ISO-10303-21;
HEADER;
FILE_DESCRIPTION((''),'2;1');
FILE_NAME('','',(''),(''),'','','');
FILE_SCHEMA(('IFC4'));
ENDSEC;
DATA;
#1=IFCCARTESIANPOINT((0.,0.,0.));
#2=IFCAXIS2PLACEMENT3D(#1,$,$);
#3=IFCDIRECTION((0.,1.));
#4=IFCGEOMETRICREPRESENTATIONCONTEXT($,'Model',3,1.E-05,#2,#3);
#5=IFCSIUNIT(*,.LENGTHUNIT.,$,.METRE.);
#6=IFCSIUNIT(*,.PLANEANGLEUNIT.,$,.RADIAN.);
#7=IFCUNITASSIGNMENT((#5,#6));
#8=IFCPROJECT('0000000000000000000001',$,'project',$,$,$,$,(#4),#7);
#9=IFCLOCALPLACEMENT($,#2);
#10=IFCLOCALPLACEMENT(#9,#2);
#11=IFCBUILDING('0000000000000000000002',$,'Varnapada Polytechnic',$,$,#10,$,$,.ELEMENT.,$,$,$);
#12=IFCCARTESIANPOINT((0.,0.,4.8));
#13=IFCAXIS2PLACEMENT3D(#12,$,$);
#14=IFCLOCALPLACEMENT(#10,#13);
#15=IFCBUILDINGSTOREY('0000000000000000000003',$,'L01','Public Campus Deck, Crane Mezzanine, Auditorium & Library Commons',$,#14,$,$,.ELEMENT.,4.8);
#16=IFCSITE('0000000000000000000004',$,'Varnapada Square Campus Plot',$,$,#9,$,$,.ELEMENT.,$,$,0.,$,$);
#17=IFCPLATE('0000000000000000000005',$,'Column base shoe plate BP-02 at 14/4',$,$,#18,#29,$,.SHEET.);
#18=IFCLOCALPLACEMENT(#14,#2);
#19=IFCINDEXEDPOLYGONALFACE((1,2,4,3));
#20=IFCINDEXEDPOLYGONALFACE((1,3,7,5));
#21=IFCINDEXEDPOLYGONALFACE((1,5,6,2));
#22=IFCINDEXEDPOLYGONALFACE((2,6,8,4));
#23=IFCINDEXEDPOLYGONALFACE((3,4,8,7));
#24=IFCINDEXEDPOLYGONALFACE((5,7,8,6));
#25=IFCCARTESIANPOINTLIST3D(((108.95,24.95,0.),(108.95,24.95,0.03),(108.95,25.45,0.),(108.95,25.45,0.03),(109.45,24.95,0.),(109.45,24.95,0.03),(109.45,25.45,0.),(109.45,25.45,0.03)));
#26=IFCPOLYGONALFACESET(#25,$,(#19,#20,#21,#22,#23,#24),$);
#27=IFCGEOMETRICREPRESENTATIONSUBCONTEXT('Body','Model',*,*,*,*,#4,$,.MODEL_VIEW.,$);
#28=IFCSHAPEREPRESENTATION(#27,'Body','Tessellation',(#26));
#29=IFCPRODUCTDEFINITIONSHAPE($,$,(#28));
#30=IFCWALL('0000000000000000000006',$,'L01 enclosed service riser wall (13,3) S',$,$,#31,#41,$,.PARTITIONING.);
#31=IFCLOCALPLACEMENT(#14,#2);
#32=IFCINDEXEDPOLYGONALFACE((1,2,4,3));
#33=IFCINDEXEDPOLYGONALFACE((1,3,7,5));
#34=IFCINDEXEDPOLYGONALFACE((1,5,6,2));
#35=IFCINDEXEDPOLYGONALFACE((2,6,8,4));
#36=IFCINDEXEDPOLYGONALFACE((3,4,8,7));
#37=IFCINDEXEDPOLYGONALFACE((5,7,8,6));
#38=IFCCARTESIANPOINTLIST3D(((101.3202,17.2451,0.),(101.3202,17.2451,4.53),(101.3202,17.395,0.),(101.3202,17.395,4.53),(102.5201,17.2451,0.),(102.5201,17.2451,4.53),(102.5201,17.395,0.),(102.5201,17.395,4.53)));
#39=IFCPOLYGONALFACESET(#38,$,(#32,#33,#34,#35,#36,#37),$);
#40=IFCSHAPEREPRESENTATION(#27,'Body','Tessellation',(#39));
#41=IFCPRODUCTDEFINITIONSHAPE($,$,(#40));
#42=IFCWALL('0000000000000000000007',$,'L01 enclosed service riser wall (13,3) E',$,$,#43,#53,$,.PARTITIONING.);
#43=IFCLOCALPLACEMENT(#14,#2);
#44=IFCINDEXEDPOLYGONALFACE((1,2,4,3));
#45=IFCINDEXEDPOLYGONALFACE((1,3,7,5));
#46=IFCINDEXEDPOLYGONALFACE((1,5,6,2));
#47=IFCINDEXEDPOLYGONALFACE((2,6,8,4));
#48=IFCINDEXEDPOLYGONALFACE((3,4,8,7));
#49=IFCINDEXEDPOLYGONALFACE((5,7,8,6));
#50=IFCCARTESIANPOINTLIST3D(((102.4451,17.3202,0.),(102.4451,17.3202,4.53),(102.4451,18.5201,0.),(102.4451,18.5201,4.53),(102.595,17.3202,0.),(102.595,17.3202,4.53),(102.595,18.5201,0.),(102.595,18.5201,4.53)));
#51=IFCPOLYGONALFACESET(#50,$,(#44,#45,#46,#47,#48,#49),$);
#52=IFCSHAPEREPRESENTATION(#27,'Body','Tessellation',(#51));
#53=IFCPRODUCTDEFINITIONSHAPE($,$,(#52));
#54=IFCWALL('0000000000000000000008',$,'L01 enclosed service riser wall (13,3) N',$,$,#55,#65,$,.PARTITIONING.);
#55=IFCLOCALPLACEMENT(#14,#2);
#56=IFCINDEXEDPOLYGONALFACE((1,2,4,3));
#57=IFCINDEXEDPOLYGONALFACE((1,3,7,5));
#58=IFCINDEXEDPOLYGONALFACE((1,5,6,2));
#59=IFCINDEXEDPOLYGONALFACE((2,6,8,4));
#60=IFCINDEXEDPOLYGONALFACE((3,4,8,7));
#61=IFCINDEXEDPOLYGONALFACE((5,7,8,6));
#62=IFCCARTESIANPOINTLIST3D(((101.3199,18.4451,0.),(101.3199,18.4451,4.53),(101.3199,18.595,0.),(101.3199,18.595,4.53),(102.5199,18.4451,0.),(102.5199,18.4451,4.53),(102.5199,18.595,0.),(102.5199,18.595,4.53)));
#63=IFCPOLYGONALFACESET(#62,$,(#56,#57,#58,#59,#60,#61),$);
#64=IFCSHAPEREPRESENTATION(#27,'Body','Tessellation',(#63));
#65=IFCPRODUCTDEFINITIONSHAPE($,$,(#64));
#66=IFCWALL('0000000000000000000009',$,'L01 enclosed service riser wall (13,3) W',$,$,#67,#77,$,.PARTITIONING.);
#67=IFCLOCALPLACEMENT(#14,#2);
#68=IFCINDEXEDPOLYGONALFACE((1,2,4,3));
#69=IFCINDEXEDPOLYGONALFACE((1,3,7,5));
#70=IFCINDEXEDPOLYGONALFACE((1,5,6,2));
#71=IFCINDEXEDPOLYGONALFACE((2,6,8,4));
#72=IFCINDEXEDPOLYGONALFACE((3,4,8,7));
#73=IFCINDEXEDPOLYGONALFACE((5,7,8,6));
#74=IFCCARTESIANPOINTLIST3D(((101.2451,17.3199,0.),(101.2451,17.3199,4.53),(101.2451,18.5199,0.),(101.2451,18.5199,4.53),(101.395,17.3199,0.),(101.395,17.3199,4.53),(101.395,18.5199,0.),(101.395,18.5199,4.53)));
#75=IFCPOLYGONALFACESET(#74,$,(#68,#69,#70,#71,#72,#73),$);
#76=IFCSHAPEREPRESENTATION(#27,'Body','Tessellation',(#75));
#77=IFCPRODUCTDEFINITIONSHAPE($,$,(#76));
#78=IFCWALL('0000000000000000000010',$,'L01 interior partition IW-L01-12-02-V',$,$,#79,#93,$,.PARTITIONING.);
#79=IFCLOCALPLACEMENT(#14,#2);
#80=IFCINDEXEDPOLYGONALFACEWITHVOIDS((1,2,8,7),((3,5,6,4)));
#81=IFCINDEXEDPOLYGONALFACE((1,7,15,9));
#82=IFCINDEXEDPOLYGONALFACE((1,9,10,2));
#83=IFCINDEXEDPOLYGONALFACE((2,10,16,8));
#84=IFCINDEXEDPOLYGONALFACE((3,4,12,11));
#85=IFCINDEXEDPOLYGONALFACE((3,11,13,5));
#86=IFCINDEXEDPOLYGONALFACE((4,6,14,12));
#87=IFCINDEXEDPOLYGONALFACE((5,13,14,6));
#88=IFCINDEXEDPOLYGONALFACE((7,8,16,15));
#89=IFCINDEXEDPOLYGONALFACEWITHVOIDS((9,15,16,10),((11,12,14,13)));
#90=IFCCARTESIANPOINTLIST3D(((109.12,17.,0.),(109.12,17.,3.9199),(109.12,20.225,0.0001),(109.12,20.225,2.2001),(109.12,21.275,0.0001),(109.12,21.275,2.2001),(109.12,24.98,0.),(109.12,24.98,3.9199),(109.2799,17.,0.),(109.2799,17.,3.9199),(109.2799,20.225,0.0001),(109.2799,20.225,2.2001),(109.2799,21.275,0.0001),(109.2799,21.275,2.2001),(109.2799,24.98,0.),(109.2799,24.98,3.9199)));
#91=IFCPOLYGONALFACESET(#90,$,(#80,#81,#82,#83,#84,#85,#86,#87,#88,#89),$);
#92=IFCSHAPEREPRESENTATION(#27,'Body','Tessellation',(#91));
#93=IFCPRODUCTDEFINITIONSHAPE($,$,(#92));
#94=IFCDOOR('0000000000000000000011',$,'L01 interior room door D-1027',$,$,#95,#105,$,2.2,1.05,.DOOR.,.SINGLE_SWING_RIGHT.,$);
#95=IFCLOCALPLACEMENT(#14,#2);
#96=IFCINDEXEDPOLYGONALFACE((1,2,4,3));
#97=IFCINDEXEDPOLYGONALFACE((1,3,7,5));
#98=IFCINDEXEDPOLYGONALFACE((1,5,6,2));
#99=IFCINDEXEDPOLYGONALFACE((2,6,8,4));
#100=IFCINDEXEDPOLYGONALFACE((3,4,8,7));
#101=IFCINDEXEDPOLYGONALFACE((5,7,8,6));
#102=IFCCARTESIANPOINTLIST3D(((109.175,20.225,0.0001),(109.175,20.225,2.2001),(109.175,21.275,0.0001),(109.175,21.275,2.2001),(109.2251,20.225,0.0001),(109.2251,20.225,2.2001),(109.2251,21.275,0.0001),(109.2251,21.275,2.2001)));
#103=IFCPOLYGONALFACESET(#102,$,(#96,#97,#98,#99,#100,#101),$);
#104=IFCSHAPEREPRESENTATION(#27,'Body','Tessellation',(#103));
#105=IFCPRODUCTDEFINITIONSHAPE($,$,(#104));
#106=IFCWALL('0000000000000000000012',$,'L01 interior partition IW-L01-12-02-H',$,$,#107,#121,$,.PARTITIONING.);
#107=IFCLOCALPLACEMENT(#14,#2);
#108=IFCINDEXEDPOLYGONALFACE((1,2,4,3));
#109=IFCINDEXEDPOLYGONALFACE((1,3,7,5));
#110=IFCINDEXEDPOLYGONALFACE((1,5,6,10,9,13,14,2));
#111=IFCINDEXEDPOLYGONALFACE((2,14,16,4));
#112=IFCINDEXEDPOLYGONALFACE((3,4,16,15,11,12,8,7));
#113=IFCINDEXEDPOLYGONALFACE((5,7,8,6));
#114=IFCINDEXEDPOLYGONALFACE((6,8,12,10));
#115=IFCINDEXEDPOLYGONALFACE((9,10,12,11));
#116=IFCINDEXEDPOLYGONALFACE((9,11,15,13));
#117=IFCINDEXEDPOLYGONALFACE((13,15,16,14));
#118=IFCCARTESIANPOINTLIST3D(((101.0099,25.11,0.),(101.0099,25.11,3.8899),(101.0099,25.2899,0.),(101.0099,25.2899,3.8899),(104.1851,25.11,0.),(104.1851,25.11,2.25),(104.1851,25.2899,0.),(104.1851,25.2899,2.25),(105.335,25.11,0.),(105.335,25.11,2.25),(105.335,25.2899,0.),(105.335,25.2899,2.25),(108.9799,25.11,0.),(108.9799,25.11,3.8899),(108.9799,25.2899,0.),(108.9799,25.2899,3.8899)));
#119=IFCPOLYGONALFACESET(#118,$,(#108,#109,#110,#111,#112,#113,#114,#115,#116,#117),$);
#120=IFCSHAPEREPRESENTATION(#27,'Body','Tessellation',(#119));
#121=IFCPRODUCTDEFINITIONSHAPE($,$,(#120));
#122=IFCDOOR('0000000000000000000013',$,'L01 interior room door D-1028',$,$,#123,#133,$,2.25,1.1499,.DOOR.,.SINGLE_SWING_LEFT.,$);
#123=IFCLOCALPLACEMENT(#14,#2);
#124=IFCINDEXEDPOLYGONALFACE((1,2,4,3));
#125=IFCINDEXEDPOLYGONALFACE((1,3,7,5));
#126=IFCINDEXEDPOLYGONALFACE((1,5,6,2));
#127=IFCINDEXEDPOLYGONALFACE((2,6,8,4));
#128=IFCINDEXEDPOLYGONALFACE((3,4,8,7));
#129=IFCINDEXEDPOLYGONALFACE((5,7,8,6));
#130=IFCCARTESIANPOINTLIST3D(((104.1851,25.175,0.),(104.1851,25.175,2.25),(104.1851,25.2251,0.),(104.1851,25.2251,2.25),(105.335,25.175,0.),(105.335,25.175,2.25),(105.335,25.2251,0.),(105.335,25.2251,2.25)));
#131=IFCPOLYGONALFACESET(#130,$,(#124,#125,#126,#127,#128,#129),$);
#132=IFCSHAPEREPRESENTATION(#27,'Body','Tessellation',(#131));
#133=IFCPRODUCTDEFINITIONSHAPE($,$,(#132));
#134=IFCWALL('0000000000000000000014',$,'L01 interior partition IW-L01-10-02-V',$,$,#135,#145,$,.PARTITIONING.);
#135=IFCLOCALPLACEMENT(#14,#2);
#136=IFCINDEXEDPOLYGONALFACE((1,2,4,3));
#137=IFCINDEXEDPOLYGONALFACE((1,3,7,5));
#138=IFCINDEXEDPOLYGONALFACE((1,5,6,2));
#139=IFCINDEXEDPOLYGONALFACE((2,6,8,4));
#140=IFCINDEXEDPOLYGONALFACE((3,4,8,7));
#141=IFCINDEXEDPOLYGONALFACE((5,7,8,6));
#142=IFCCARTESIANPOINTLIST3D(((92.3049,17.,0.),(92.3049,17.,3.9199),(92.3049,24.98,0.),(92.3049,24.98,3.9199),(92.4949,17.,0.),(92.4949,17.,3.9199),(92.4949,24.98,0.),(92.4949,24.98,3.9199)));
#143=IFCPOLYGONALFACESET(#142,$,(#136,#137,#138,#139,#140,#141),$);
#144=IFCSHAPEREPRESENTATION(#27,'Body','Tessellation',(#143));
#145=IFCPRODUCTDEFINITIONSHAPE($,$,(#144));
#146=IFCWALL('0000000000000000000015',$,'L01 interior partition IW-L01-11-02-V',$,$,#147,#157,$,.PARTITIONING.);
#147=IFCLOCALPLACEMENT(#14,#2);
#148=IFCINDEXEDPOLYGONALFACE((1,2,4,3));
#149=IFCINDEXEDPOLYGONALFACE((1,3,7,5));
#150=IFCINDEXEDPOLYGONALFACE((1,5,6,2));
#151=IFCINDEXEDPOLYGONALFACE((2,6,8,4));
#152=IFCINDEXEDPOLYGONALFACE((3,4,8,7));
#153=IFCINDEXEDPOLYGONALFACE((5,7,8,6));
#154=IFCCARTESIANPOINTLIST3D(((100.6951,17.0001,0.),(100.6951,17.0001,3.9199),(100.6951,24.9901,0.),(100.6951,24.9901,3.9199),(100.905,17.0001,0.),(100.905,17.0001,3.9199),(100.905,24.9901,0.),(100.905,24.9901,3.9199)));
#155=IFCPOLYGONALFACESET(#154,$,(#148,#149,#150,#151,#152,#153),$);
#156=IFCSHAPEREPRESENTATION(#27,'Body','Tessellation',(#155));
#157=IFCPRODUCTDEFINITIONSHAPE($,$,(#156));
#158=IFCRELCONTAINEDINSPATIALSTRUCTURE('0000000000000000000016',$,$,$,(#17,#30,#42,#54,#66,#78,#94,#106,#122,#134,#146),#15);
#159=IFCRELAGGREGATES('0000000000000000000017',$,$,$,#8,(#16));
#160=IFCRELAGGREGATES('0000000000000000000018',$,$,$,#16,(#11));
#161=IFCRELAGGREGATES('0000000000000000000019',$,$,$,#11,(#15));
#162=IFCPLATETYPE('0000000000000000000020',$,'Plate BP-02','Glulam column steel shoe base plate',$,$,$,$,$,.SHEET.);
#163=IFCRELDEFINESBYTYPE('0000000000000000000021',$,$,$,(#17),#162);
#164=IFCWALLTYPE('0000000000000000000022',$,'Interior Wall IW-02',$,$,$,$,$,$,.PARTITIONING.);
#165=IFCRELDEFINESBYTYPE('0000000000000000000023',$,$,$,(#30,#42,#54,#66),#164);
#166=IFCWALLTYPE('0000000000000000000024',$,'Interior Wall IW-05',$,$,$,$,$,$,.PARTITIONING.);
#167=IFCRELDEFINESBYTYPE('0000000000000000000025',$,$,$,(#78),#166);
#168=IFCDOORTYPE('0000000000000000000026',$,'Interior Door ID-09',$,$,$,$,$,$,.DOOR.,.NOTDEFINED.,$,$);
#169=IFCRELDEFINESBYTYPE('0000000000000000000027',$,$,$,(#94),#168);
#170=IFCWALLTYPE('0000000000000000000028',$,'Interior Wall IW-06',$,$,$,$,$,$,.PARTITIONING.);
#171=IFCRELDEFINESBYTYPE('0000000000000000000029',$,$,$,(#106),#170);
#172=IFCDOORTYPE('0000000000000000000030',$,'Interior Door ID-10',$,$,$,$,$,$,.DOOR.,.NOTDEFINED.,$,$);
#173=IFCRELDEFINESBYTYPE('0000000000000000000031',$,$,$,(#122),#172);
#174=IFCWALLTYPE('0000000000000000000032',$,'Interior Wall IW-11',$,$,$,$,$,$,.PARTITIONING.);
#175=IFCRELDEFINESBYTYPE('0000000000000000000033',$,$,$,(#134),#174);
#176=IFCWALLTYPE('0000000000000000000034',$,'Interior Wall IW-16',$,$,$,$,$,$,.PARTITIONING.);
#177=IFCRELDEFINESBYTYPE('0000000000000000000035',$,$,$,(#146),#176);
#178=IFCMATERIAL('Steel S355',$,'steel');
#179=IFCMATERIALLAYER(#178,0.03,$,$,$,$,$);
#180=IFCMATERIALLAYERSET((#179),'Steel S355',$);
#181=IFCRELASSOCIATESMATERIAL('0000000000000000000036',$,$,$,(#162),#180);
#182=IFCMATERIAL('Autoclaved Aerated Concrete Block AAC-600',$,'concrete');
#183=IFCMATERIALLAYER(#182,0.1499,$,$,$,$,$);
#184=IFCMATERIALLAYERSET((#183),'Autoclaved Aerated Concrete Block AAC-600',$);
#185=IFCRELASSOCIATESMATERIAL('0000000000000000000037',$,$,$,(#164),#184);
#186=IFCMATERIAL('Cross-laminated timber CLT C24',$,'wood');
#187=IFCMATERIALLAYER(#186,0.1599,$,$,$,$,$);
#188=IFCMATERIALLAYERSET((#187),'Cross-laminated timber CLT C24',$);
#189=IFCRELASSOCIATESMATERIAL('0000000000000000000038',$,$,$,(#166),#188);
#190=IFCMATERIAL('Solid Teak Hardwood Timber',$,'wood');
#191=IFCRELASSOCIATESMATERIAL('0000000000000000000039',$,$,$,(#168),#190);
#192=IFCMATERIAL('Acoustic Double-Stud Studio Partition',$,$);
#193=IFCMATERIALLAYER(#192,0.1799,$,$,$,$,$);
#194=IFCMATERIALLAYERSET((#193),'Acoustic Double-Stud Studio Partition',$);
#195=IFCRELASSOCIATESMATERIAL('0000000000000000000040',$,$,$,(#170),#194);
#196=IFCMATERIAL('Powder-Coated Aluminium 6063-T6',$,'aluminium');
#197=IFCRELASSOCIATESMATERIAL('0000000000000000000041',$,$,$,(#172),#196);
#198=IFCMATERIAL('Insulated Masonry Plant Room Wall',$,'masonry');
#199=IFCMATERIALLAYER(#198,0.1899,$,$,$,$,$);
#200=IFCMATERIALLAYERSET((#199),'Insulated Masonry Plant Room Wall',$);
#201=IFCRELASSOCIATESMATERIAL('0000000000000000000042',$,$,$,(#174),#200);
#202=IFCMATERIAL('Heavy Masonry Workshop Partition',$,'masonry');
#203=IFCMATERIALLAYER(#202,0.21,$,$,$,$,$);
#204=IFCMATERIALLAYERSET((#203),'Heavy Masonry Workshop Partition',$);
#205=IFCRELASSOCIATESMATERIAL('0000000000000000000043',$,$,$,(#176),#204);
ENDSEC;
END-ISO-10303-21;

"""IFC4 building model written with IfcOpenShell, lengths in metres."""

from ifc_helpers import new_model, si_unit, direction, frame, frame_2d, origin, origin_2d, place, context, subcontext, project, spatial, rectangle, extrude, material, layer, layer_set, type_object, element, fill, save


model = new_model("IFC4")

# Units and contexts
model_context = context("Model", 3, precision=1e-05, world=origin(), true_north=direction((0.0, 1.0)))
body_context = subcontext(model_context, "Body", "Model", "MODEL_VIEW")
ifc_project = project(units=[si_unit("LENGTHUNIT", "METRE"), si_unit("PLANEANGLEUNIT", "RADIAN")], contexts=[model_context])

# Site, building, storey
site_placement = place(None, origin())
site = spatial("IfcSite", under=ifc_project, at=site_placement, Name="Varnapada Square Campus Plot", CompositionType="ELEMENT", RefElevation=0.0)
building_placement = place(site_placement, origin())
building = spatial("IfcBuilding", under=site, at=building_placement, Name="Varnapada Polytechnic", CompositionType="ELEMENT")
storey_placement = place(building_placement, frame((0.0, 0.0, 4.8)))
storey = spatial("IfcBuildingStorey", under=building, at=storey_placement, Name="L01", Description="Public Campus Deck, Crane Mezzanine, Auditorium & Library Commons", CompositionType="ELEMENT", Elevation=4.8)

# Plate
ifc_material_1 = material(Name="Steel S355", Category="steel")
ifc_layer_1 = layer(ifc_material_1, 0.03)
ifc_layer_set_1 = layer_set([ifc_layer_1], Name="Steel S355")
plate_type = type_object("IfcPlateType", Name="Plate BP-02", Description="Glulam column steel shoe base plate", PredefinedType="SHEET", material=ifc_layer_set_1)
for number, where, z_axis, x_axis, name in (
    (1, (109.2, 25.2, 0.0), (0.0, 0.0, 1.0), (1.0, 0.0, 0.0), "Column base shoe plate BP-02 at 14/4"),
):
    element("IfcPlate", number, at=place(storey_placement, frame(where, z_axis=z_axis, x_axis=x_axis)), inside=storey, type_object=plate_type, Name=name, PredefinedType="SHEET", context=body_context, shape_type="SweptSolid", body=[
        extrude(rectangle(XDim=0.5, YDim=0.5, at=origin_2d()), origin(), (0.0, 0.0, 1.0), 0.03),
    ])

# Walls
ifc_material_2 = material(Name="Autoclaved Aerated Concrete Block AAC-600", Category="concrete")
ifc_layer_2 = layer(ifc_material_2, 0.1499)
ifc_layer_set_2 = layer_set([ifc_layer_2], Name="Autoclaved Aerated Concrete Block AAC-600")
wall_type_1 = type_object("IfcWallType", Name="Interior Wall IW-02", PredefinedType="PARTITIONING", material=ifc_layer_set_2)
for number, where, z_axis, x_axis, name in (
    (2, (101.3201, 17.3201, 0.0), (0.0, 0.0, 1.0), (1.0, 0.0, 0.0), "L01 enclosed service riser wall (13,3) S"),
    (3, (102.52, 17.3201, 0.0), (0.0, 0.0, 1.0), (0.0, 1.0, 0.0), "L01 enclosed service riser wall (13,3) E"),
    (4, (102.52, 18.52, 0.0), (0.0, 0.0, 1.0), (-1.0, 0.0, 0.0), "L01 enclosed service riser wall (13,3) N"),
    (5, (101.3201, 18.52, 0.0), (0.0, 0.0, 1.0), (0.0, -1.0, 0.0), "L01 enclosed service riser wall (13,3) W"),
):
    element("IfcWall", number, at=place(storey_placement, frame(where, z_axis=z_axis, x_axis=x_axis)), inside=storey, type_object=wall_type_1, Name=name, PredefinedType="PARTITIONING", context=body_context, shape_type="SweptSolid", body=[
        extrude(rectangle(XDim=1.2, YDim=0.1499, at=frame_2d((0.6001, 0.0))), origin(), (0.0, 0.0, 1.0), 4.53),
    ])

# Walls, openings, doors
ifc_material_3 = material(Name="Cross-laminated timber CLT C24", Category="wood")
ifc_layer_3 = layer(ifc_material_3, 0.1599)
ifc_layer_set_3 = layer_set([ifc_layer_3], Name="Cross-laminated timber CLT C24")
wall_type_2 = type_object("IfcWallType", Name="Interior Wall IW-05", PredefinedType="PARTITIONING", material=ifc_layer_set_3)
wall_1_placement = place(storey_placement, frame((109.2, 17.0, 0.0), z_axis=(0.0, 0.0, 1.0), x_axis=(0.0, 1.0, 0.0)))
wall_1 = element("IfcWall", 6, at=wall_1_placement, inside=storey, type_object=wall_type_2, Name="L01 interior partition IW-L01-12-02-V", PredefinedType="PARTITIONING", context=body_context, shape_type="SweptSolid", body=[
    extrude(rectangle(XDim=7.98, YDim=0.1599, at=frame_2d((3.99, 0.0))), origin(), (0.0, 0.0, 1.0), 3.9199),
])
opening_1_placement = place(wall_1_placement, frame((3.2251, 0.0, 0.0)))
opening_1 = element("IfcOpeningElement", 7, at=opening_1_placement, cuts=wall_1, PredefinedType="OPENING", context=body_context, shape_type="SweptSolid", body=[
    extrude(rectangle(XDim=1.05, YDim=2.2, at=frame_2d((0.5249, 1.1001))), frame((0.0, 0.0898, 0.0), z_axis=(0.0, -1.0, 0.0), x_axis=(1.0, 0.0, 0.0)), (0.0, 0.0, 1.0), 0.1799),
])
ifc_material_4 = material(Name="Solid Teak Hardwood Timber", Category="wood")
door_type_1 = type_object("IfcDoorType", Name="Interior Door ID-09", OperationType="NOTDEFINED", PredefinedType="DOOR", material=ifc_material_4)
door_1_placement = place(opening_1_placement, origin())
door_1 = element("IfcDoor", 8, at=door_1_placement, inside=storey, type_object=door_type_1, Name="L01 interior room door D-1027", OperationType="SINGLE_SWING_RIGHT", OverallHeight=2.2, OverallWidth=1.05, PredefinedType="DOOR", context=body_context, shape_type="SweptSolid", body=[
    extrude(rectangle(XDim=1.05, YDim=2.2, at=frame_2d((0.5249, 1.1001))), frame((0.0, 0.0249, 0.0), z_axis=(0.0, -1.0, 0.0), x_axis=(1.0, 0.0, 0.0)), (0.0, 0.0, 1.0), 0.05),
])
fill(opening_1, door_1)
ifc_material_5 = material(Name="Acoustic Double-Stud Studio Partition")
ifc_layer_4 = layer(ifc_material_5, 0.1799)
ifc_layer_set_4 = layer_set([ifc_layer_4], Name="Acoustic Double-Stud Studio Partition")
wall_type_3 = type_object("IfcWallType", Name="Interior Wall IW-06", PredefinedType="PARTITIONING", material=ifc_layer_set_4)
wall_2_placement = place(storey_placement, frame((101.01, 25.2, 0.0), z_axis=(0.0, 0.0, 1.0), x_axis=(1.0, 0.0, 0.0)))
wall_2 = element("IfcWall", 9, at=wall_2_placement, inside=storey, type_object=wall_type_3, Name="L01 interior partition IW-L01-12-02-H", PredefinedType="PARTITIONING", context=body_context, shape_type="SweptSolid", body=[
    extrude(rectangle(XDim=7.97, YDim=0.1799, at=frame_2d((3.9849, 0.0))), origin(), (0.0, 0.0, 1.0), 3.8899),
])
opening_2_placement = place(wall_2_placement, frame((3.175, 0.0, 0.0)))
opening_2 = element("IfcOpeningElement", 10, at=opening_2_placement, cuts=wall_2, PredefinedType="OPENING", context=body_context, shape_type="SweptSolid", body=[
    extrude(rectangle(XDim=1.1499, YDim=2.25, at=frame_2d((0.575, 1.125))), frame((0.0, 0.0999, 0.0), z_axis=(0.0, -1.0, 0.0), x_axis=(1.0, 0.0, 0.0)), (0.0, 0.0, 1.0), 0.2),
])
ifc_material_6 = material(Name="Powder-Coated Aluminium 6063-T6", Category="aluminium")
door_type_2 = type_object("IfcDoorType", Name="Interior Door ID-10", OperationType="NOTDEFINED", PredefinedType="DOOR", material=ifc_material_6)
door_2_placement = place(opening_2_placement, frame((1.1499, 0.0, 0.0), z_axis=(0.0, 0.0, 1.0), x_axis=(-1.0, 0.0, 0.0)))
door_2 = element("IfcDoor", 11, at=door_2_placement, inside=storey, type_object=door_type_2, Name="L01 interior room door D-1028", OperationType="SINGLE_SWING_LEFT", OverallHeight=2.25, OverallWidth=1.1499, PredefinedType="DOOR", context=body_context, shape_type="SweptSolid", body=[
    extrude(rectangle(XDim=1.1499, YDim=2.25, at=frame_2d((0.575, 1.125))), frame((0.0, 0.0249, 0.0), z_axis=(0.0, -1.0, 0.0), x_axis=(1.0, 0.0, 0.0)), (0.0, 0.0, 1.0), 0.05),
])
fill(opening_2, door_2)

# Walls
ifc_material_7 = material(Name="Insulated Masonry Plant Room Wall", Category="masonry")
ifc_layer_5 = layer(ifc_material_7, 0.1899)
ifc_layer_set_5 = layer_set([ifc_layer_5], Name="Insulated Masonry Plant Room Wall")
wall_type_4 = type_object("IfcWallType", Name="Interior Wall IW-11", PredefinedType="PARTITIONING", material=ifc_layer_set_5)
wall_3_placement = place(storey_placement, frame((92.3999, 17.0, 0.0), z_axis=(0.0, 0.0, 1.0), x_axis=(0.0, 1.0, 0.0)))
element("IfcWall", 12, at=wall_3_placement, inside=storey, type_object=wall_type_4, Name="L01 interior partition IW-L01-10-02-V", PredefinedType="PARTITIONING", context=body_context, shape_type="SweptSolid", body=[
    extrude(rectangle(XDim=7.98, YDim=0.1899, at=frame_2d((3.99, 0.0))), origin(), (0.0, 0.0, 1.0), 3.9199),
])
ifc_material_8 = material(Name="Heavy Masonry Workshop Partition", Category="masonry")
ifc_layer_6 = layer(ifc_material_8, 0.21)
ifc_layer_set_6 = layer_set([ifc_layer_6], Name="Heavy Masonry Workshop Partition")
wall_type_5 = type_object("IfcWallType", Name="Interior Wall IW-16", PredefinedType="PARTITIONING", material=ifc_layer_set_6)
wall_4_placement = place(storey_placement, frame((100.8, 17.0, 0.0), z_axis=(0.0, 0.0, 1.0), x_axis=(0.0, 1.0, 0.0)))
element("IfcWall", 13, at=wall_4_placement, inside=storey, type_object=wall_type_5, Name="L01 interior partition IW-L01-11-02-V", PredefinedType="PARTITIONING", context=body_context, shape_type="SweptSolid", body=[
    extrude(rectangle(XDim=7.99, YDim=0.21, at=frame_2d((3.9951, 0.0))), origin(), (0.0, 0.0, 1.0), 3.9199),
])

save(model, "model.ifc")
